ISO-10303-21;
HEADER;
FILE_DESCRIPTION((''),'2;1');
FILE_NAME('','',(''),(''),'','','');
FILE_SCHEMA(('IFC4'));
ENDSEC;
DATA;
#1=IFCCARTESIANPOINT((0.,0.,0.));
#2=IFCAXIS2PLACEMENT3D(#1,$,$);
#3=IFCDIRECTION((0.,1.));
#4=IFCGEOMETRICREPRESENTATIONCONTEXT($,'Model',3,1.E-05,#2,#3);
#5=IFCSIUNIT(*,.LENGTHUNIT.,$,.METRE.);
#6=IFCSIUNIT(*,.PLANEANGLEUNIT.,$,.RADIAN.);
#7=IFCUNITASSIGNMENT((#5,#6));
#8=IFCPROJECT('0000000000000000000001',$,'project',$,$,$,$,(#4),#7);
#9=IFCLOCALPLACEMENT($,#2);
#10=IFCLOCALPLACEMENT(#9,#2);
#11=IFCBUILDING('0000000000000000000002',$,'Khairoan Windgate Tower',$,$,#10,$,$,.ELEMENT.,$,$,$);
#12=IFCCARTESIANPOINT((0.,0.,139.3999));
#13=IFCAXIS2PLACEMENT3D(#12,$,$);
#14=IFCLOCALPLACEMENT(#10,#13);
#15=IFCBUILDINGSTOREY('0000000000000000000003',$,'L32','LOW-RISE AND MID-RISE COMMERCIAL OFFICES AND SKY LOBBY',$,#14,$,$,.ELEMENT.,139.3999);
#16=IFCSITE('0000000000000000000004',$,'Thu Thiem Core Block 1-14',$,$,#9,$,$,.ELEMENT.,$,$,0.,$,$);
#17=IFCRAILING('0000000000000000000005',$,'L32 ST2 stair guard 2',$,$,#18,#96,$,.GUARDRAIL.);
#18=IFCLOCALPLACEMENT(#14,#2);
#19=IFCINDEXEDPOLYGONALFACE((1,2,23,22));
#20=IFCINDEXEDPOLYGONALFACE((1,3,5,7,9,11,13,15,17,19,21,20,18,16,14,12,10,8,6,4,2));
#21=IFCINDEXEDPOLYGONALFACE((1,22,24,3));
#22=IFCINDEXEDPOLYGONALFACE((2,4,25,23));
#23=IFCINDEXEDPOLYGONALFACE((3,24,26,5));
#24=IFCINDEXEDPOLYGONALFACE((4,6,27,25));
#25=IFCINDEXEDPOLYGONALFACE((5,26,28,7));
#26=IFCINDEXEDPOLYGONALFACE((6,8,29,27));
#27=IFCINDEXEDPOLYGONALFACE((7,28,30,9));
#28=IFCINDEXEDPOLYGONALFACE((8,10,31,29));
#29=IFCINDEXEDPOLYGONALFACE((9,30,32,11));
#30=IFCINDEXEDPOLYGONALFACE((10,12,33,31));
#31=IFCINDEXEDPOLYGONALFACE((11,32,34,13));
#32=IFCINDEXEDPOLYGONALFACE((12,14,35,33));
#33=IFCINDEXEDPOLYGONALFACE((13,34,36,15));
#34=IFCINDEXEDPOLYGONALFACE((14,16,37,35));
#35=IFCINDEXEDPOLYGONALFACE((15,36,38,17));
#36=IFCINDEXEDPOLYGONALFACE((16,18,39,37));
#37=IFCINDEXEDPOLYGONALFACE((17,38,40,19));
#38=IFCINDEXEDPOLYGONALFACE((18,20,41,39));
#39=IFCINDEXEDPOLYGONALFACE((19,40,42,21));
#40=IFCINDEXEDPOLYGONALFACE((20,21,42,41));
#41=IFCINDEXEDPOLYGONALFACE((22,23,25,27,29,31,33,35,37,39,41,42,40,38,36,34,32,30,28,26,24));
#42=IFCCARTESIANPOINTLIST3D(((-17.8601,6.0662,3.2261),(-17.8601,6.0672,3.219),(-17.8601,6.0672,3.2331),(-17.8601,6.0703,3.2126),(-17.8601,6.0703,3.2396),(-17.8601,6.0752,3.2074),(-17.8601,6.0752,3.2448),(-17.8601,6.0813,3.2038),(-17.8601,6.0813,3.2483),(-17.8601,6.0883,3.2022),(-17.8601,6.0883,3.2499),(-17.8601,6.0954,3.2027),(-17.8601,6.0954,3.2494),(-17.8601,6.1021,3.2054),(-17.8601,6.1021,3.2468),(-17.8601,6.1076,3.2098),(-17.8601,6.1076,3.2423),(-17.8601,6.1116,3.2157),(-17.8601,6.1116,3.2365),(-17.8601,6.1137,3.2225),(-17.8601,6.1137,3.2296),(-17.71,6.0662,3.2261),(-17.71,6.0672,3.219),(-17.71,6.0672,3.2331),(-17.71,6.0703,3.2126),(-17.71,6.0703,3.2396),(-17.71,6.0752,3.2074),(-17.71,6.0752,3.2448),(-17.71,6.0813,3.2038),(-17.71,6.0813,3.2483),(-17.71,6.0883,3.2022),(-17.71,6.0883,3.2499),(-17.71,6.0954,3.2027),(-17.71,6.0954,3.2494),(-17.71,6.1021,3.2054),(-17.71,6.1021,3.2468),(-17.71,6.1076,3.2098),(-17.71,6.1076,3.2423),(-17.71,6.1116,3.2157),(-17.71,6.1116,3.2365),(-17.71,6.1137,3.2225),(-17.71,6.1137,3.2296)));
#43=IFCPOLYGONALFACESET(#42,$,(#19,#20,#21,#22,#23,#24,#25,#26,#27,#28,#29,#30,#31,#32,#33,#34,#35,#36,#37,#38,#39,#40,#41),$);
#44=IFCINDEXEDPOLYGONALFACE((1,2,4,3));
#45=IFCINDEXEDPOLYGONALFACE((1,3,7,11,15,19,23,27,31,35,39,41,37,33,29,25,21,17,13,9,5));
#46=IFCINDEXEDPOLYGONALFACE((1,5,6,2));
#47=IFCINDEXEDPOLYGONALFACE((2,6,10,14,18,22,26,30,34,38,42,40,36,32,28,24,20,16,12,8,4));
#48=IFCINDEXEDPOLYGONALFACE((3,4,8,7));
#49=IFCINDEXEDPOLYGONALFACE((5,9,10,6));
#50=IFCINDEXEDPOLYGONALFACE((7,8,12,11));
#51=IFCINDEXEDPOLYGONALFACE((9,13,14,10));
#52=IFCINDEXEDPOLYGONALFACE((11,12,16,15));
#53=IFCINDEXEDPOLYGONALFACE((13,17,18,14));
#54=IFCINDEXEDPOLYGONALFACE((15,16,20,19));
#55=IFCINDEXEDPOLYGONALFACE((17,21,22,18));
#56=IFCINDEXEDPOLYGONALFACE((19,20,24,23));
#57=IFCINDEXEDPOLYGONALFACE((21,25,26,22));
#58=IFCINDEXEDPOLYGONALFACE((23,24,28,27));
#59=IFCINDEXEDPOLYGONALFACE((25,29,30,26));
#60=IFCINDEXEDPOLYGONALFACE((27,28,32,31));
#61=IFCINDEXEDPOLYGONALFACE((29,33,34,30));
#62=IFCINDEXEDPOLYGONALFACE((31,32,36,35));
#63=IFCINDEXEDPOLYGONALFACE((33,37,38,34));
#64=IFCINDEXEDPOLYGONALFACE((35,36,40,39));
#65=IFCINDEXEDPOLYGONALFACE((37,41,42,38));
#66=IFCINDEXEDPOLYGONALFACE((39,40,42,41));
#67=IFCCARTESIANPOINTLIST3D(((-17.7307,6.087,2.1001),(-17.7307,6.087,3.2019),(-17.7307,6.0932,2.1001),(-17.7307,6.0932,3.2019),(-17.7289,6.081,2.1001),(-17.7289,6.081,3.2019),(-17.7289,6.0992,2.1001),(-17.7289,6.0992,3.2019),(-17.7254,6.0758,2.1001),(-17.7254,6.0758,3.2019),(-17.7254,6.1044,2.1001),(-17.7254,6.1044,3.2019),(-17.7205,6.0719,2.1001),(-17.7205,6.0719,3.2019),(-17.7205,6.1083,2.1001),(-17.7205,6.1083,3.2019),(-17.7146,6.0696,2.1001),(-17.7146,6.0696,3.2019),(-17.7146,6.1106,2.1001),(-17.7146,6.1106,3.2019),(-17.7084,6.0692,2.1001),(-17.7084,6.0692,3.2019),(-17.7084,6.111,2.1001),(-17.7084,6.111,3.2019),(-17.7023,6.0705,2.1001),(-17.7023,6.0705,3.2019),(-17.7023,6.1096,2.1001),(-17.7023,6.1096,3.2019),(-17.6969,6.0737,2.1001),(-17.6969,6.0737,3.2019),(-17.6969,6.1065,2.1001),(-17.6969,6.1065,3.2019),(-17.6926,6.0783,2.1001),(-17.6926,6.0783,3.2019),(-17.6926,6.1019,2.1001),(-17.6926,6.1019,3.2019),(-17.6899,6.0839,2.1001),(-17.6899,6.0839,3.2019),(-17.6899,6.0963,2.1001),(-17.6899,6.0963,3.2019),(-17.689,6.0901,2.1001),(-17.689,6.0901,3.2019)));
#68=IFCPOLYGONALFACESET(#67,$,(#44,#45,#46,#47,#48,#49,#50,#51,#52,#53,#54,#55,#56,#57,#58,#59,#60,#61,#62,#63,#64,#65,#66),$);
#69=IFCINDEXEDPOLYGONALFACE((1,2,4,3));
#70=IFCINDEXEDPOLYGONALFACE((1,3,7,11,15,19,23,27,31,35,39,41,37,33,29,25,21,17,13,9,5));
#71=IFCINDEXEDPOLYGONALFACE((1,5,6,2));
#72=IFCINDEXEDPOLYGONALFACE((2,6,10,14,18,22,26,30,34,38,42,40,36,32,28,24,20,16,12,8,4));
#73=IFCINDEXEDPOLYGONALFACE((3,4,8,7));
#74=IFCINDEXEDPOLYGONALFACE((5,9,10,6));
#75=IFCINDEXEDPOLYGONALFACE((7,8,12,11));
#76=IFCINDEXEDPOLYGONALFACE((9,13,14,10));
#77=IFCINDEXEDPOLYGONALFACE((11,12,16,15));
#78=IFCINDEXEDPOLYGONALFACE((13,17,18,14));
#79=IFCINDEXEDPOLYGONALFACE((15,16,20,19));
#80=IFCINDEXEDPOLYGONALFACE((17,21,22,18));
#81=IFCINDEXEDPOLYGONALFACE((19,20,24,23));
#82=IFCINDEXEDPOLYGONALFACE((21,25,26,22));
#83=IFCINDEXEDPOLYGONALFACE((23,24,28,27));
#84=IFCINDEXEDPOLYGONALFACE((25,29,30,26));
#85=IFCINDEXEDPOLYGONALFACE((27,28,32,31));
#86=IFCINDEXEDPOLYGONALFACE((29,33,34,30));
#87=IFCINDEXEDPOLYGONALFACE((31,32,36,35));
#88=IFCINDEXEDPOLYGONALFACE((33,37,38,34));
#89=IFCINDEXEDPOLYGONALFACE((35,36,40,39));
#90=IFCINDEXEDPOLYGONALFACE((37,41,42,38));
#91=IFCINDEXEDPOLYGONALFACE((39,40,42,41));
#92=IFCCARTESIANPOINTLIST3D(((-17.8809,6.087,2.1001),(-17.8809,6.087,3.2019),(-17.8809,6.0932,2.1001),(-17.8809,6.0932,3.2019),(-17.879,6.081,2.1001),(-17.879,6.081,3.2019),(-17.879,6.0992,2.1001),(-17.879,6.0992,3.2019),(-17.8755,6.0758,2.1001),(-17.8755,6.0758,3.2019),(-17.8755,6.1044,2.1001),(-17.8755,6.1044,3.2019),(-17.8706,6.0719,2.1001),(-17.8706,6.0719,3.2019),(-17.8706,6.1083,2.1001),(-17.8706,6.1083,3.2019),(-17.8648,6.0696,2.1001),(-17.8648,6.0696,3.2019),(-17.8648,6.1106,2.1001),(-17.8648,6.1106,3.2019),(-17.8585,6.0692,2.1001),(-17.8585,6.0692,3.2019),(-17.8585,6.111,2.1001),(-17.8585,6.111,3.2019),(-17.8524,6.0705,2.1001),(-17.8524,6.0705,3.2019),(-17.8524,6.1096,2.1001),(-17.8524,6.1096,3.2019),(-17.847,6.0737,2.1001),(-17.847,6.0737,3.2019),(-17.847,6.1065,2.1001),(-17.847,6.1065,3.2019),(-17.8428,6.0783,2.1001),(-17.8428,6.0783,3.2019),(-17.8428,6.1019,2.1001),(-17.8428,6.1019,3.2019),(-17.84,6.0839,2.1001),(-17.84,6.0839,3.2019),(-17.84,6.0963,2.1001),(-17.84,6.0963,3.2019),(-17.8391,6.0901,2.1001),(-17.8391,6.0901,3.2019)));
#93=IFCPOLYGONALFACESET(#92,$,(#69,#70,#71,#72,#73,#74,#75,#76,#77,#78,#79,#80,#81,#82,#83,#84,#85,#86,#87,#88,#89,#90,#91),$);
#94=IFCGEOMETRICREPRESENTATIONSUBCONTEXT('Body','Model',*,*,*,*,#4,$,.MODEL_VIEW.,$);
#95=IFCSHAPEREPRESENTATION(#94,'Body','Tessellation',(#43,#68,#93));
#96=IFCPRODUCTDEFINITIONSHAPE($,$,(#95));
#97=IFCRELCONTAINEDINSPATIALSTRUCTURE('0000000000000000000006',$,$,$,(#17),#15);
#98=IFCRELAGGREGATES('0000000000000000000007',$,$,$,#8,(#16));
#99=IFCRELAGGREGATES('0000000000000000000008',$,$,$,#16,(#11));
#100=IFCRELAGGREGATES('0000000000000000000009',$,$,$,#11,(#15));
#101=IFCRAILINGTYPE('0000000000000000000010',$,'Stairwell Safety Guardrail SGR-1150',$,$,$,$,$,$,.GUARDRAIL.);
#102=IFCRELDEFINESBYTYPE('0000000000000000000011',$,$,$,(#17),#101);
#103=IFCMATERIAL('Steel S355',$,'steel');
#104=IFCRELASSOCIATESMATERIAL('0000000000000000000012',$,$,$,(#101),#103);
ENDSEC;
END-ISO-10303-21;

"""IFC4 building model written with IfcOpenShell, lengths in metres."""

from ifc_helpers import new_model, si_unit, direction, frame, origin, origin_2d, place, context, subcontext, project, spatial, circle, extrude, material, type_object, element, save


model = new_model("IFC4")

# Units and contexts
model_context = context("Model", 3, precision=1e-05, world=origin(), true_north=direction((0.0, 1.0)))
body_context = subcontext(model_context, "Body", "Model", "MODEL_VIEW")
ifc_project = project(units=[si_unit("LENGTHUNIT", "METRE"), si_unit("PLANEANGLEUNIT", "RADIAN")], contexts=[model_context])

# Site, building, storey
site_placement = place(None, origin())
site = spatial("IfcSite", under=ifc_project, at=site_placement, Name="Thu Thiem Core Block 1-14", CompositionType="ELEMENT", RefElevation=0.0)
building_placement = place(site_placement, origin())
building = spatial("IfcBuilding", under=site, at=building_placement, Name="Khairoan Windgate Tower", CompositionType="ELEMENT")
storey_placement = place(building_placement, frame((0.0, 0.0, 139.3999)))
storey = spatial("IfcBuildingStorey", under=building, at=storey_placement, Name="L32", Description="LOW-RISE AND MID-RISE COMMERCIAL OFFICES AND SKY LOBBY", CompositionType="ELEMENT", Elevation=139.3999)

# Railing
ifc_material_1 = material(Name="Steel S355", Category="steel")
railing_type_1 = type_object("IfcRailingType", Name="Stairwell Safety Guardrail SGR-1150", PredefinedType="GUARDRAIL", material=ifc_material_1)
railing_1_placement = place(storey_placement, frame((-17.71, 6.0901, 2.1001)))
element("IfcRailing", 1, at=railing_1_placement, inside=storey, type_object=railing_type_1, Name="L32 ST2 stair guard 2", PredefinedType="GUARDRAIL", context=body_context, shape_type="SweptSolid", body=[
    extrude(circle(Radius=0.0239, at=origin_2d()), frame((0.0, 0.0, 1.126), z_axis=(-1.0, 0.0, 0.0), x_axis=(0.0, -1.0, 0.0)), (0.0, 0.0, 1.0), 0.1501),
    extrude(circle(Radius=0.021, at=origin_2d()), origin(), (0.0, 0.0, 1.0), 1.1018),
    extrude(circle(Radius=0.021, at=origin_2d()), frame((-0.1501, 0.0, 0.0)), (0.0, 0.0, 1.0), 1.1018),
])

save(model, "model.ifc")
